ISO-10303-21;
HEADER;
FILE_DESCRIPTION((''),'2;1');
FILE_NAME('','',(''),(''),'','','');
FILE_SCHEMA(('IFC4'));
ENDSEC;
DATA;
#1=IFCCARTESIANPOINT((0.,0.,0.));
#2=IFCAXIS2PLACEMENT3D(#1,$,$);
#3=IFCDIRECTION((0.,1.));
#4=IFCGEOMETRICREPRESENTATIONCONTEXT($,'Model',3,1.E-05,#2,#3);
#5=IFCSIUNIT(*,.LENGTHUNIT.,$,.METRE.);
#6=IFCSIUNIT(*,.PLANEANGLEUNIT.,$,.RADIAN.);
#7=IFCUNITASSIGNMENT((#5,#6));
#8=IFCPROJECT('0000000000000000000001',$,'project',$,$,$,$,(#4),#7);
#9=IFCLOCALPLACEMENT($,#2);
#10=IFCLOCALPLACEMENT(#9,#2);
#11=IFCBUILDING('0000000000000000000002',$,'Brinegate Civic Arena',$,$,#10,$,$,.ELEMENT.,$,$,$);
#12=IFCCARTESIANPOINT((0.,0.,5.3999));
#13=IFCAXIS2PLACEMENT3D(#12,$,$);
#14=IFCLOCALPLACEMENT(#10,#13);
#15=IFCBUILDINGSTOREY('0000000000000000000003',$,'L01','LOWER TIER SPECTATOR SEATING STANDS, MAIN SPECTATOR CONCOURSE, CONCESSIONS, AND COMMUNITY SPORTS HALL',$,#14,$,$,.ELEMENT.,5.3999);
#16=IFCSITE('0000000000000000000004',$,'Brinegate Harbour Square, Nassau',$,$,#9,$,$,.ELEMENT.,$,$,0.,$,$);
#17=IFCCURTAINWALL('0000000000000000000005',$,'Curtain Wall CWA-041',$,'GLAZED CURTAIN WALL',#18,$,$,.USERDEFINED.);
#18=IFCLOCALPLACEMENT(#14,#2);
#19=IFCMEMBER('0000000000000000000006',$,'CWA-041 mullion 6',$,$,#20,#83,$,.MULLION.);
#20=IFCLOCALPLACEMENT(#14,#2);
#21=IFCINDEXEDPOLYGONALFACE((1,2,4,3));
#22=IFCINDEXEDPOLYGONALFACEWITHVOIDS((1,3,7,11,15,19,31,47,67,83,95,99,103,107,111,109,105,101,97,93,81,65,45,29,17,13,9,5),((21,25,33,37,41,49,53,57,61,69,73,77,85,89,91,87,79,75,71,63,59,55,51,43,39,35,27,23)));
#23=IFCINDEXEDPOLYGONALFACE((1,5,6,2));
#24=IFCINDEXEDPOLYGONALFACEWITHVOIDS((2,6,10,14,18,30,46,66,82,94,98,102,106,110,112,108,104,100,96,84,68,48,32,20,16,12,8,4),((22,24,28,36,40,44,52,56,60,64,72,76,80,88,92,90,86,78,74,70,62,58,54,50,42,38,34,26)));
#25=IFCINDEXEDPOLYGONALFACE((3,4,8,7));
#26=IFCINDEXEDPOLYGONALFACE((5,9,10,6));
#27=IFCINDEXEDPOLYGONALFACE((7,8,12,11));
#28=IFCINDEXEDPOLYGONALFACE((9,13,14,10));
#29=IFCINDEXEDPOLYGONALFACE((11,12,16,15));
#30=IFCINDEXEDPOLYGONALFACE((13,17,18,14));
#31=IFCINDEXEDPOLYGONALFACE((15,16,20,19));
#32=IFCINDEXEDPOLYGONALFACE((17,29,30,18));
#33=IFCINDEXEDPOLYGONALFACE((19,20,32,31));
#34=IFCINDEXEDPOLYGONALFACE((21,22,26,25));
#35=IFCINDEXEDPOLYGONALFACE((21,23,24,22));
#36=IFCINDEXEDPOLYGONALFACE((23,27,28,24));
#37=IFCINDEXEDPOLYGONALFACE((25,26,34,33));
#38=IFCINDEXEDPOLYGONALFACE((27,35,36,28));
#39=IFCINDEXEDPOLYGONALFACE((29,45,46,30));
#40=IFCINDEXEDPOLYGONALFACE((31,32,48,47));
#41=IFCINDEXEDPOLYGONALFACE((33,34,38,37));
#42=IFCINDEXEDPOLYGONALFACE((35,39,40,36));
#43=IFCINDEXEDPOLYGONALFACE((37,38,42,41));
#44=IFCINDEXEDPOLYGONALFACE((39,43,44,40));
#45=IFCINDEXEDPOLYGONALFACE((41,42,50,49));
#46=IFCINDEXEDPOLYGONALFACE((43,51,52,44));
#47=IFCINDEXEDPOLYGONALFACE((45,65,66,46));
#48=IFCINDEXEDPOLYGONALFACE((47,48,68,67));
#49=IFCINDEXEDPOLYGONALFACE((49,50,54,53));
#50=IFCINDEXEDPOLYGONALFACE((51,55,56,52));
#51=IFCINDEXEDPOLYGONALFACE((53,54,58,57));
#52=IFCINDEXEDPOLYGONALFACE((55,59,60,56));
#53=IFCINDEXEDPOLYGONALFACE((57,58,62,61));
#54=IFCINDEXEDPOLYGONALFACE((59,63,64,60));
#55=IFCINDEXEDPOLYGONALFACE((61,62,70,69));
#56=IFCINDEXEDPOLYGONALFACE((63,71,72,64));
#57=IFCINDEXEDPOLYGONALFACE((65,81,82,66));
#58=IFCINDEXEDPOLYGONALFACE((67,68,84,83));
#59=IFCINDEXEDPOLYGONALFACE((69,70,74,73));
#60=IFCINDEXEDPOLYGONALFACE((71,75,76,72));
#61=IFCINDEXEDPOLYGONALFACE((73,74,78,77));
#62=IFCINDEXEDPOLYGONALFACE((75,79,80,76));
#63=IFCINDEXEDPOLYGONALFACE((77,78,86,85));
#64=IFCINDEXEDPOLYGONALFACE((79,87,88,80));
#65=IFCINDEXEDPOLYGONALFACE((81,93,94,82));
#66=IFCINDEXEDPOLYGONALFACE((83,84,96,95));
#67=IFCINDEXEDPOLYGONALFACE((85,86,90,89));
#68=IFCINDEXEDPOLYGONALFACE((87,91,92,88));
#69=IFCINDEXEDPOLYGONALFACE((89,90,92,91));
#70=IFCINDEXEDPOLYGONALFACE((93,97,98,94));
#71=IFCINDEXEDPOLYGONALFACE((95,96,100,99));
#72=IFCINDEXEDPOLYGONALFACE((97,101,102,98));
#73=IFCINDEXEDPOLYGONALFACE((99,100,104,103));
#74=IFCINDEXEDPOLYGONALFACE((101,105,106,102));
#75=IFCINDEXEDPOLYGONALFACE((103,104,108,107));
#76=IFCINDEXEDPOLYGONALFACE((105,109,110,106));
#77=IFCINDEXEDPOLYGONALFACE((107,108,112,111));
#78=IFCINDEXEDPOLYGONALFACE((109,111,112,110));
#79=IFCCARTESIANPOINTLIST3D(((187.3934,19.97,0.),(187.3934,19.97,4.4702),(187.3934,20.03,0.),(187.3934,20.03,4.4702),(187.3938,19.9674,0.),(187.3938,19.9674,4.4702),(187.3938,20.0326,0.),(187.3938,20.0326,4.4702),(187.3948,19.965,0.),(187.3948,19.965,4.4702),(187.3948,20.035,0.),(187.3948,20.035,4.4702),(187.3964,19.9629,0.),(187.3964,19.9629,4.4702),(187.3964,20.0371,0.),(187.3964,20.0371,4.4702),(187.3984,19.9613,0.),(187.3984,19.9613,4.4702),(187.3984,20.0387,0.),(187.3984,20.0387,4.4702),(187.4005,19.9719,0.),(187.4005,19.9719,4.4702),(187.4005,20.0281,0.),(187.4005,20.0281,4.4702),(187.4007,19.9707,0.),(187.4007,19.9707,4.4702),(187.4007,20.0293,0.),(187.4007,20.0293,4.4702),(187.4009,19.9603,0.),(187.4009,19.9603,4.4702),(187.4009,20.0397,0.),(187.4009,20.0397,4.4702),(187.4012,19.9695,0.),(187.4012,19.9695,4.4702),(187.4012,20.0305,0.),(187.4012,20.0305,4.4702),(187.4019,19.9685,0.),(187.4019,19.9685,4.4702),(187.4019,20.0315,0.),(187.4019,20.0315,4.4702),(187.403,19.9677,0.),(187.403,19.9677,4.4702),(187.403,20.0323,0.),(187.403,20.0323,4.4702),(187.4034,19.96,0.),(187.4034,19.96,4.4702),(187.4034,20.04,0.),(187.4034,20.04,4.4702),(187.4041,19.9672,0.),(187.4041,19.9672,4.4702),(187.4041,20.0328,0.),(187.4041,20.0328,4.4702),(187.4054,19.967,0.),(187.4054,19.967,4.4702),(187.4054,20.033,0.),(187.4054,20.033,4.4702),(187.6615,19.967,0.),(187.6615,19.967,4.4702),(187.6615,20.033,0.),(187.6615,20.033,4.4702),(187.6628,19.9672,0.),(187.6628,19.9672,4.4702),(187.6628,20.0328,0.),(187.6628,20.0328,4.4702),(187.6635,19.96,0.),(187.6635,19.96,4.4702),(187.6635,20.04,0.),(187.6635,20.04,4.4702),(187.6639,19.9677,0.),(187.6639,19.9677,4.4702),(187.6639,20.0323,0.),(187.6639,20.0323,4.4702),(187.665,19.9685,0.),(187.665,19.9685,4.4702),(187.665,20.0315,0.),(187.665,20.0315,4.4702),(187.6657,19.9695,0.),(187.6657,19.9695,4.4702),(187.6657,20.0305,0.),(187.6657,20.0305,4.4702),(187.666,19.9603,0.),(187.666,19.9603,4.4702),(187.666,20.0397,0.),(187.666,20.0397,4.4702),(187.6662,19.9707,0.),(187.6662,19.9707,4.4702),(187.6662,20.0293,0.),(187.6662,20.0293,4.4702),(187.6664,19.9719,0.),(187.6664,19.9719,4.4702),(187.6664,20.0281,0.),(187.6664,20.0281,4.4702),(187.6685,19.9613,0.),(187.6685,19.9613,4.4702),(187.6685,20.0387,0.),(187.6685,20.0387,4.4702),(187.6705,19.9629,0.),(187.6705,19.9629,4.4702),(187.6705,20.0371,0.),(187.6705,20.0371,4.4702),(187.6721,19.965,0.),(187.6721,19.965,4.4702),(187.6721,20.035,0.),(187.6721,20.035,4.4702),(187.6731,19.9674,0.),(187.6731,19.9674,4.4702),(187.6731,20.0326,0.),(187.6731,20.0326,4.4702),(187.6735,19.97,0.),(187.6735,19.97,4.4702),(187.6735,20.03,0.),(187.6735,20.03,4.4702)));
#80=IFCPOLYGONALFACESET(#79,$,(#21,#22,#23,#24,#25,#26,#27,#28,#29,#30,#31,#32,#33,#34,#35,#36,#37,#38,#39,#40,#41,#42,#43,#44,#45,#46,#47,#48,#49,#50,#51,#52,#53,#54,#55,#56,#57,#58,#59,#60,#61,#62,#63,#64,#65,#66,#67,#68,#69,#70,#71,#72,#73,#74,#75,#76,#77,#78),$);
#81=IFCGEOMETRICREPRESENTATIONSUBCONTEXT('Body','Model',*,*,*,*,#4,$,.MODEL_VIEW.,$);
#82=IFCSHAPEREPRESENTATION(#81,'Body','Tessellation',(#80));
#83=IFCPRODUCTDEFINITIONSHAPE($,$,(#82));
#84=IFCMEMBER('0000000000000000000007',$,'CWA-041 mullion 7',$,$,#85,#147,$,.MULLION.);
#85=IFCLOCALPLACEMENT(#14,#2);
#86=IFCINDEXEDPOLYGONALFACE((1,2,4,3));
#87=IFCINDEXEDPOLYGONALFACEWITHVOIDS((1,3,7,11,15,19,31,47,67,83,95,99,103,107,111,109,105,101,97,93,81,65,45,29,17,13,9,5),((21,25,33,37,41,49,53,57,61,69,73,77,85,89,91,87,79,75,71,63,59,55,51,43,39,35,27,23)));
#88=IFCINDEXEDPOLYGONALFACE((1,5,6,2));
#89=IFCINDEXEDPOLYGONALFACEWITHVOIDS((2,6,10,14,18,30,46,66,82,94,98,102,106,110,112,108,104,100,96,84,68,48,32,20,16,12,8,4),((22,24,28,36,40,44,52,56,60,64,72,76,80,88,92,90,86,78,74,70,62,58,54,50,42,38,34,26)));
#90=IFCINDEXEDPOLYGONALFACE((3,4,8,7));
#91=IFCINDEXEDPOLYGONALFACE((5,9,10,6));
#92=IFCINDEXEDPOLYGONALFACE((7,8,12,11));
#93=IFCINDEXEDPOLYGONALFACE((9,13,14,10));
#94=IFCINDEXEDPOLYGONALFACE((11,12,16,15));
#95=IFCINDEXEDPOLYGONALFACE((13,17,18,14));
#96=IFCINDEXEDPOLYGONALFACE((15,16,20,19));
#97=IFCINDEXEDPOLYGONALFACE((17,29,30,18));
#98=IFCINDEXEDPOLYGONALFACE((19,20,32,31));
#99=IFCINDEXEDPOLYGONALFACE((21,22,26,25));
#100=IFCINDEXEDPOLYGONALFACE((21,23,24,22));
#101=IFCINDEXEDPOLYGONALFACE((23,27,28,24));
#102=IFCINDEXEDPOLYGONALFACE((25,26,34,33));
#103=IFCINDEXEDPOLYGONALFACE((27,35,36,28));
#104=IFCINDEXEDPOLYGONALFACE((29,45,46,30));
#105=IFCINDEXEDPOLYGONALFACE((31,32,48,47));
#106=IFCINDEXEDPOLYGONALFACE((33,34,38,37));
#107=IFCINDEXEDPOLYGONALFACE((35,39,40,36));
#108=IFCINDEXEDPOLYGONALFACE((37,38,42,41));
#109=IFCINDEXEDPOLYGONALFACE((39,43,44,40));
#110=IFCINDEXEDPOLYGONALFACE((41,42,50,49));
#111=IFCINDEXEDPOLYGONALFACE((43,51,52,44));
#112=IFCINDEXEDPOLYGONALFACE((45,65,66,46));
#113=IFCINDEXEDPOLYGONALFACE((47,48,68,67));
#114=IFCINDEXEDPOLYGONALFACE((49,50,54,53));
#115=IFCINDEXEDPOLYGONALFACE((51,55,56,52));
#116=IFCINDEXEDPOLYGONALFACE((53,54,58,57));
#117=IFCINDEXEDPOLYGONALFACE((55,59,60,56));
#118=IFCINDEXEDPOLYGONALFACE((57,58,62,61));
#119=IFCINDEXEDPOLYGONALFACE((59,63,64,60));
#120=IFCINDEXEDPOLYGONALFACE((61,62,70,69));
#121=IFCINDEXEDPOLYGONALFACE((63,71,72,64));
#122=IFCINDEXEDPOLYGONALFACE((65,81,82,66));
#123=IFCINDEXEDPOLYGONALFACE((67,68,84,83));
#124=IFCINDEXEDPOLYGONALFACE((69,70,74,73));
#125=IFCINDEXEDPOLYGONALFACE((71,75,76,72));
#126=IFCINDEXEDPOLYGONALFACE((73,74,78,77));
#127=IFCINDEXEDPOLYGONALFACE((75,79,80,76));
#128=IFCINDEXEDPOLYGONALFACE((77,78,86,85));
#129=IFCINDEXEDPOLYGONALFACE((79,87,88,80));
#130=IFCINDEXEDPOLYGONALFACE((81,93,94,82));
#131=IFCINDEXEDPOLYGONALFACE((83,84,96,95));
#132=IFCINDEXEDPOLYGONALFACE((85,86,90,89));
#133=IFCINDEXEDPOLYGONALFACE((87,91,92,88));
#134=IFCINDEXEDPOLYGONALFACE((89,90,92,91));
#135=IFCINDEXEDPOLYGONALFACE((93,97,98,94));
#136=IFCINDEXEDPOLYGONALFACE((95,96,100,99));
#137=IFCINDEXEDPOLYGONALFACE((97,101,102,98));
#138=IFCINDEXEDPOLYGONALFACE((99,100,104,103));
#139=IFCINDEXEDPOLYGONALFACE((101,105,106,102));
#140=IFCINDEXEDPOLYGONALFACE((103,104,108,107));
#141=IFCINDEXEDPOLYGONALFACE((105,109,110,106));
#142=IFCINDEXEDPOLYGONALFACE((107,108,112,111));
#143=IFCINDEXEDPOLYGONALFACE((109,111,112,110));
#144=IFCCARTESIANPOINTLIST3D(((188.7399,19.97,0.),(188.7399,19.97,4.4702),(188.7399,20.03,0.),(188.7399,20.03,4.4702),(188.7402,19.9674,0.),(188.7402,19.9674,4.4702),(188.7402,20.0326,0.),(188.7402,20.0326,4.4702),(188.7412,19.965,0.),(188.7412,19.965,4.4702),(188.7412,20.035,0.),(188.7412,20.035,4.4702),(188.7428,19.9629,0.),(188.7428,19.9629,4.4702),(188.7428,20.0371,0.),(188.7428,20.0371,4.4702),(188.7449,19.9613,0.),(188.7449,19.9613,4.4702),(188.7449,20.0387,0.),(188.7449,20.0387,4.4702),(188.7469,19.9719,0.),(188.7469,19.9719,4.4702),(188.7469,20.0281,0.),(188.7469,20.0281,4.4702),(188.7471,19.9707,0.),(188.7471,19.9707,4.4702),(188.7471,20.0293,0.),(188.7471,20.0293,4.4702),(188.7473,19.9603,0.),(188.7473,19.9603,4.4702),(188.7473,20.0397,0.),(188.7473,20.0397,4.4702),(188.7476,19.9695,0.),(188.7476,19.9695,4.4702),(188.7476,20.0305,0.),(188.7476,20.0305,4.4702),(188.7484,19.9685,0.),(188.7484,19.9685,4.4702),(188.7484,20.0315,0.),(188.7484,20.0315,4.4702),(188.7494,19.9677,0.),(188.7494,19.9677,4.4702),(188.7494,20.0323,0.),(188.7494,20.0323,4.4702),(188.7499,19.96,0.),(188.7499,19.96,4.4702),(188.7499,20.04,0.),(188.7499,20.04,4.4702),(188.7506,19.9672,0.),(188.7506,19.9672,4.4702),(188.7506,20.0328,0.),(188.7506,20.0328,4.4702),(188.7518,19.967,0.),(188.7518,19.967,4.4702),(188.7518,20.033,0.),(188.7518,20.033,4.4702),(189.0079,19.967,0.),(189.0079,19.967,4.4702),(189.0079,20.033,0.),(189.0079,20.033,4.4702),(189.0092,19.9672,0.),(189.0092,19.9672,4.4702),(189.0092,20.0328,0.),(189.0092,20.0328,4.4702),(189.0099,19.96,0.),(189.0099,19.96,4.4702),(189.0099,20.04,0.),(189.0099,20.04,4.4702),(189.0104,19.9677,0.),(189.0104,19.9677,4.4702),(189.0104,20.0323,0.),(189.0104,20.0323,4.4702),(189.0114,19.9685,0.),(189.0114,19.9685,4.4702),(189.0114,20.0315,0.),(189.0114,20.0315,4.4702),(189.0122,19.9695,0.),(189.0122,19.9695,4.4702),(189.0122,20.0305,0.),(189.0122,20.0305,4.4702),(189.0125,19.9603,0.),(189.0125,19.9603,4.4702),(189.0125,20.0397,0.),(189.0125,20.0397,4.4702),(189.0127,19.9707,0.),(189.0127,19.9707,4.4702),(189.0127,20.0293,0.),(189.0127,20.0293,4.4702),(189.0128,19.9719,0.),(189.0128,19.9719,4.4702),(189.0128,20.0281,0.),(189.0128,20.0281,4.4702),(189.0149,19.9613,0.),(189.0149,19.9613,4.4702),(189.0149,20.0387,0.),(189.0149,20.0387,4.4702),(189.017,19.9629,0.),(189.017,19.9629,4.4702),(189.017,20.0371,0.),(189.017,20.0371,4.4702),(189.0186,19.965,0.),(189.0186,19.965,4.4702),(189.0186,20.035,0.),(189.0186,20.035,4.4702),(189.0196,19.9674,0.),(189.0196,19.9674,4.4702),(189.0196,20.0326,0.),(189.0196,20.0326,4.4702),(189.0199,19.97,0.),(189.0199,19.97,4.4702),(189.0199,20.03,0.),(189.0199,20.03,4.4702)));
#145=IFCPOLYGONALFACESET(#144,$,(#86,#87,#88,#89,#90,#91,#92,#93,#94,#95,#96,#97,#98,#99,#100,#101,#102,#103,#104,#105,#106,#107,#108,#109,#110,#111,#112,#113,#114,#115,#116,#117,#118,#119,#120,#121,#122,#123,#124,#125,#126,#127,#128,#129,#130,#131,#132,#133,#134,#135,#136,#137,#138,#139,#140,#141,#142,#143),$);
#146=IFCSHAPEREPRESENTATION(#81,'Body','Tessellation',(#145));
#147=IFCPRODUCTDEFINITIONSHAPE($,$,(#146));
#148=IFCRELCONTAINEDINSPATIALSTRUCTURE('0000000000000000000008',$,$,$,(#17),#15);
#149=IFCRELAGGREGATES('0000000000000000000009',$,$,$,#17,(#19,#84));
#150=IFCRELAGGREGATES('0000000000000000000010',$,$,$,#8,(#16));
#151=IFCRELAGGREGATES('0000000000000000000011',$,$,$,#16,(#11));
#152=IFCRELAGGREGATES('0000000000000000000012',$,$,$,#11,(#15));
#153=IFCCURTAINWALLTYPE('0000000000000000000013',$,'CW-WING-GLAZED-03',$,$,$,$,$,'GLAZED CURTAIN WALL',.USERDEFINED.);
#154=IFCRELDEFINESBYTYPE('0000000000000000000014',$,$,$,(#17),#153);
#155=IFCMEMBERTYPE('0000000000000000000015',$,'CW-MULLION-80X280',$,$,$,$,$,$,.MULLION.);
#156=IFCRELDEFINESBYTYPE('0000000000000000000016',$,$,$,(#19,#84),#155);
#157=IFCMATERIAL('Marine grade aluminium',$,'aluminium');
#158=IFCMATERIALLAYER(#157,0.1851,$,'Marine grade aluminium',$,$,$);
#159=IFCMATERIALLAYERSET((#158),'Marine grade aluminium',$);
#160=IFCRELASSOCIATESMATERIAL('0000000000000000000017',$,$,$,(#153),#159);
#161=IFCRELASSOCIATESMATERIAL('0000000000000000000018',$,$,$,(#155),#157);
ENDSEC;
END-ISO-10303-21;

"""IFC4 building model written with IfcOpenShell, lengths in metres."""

from ifc_helpers import new_model, si_unit, direction, frame, origin, origin_2d, place, context, subcontext, project, spatial, hollow_rectangle, extrude, material, layer, layer_set, material_profile, profile_set, type_object, element, aggregate, save


model = new_model("IFC4")

# Units and contexts
model_context = context("Model", 3, precision=1e-05, world=origin(), true_north=direction((0.0, 1.0)))
body_context = subcontext(model_context, "Body", "Model", "MODEL_VIEW")
ifc_project = project(units=[si_unit("LENGTHUNIT", "METRE"), si_unit("PLANEANGLEUNIT", "RADIAN")], contexts=[model_context])

# Site, building, storey
site_placement = place(None, origin())
site = spatial("IfcSite", under=ifc_project, at=site_placement, Name="Brinegate Harbour Square, Nassau", CompositionType="ELEMENT", RefElevation=0.0)
building_placement = place(site_placement, origin())
building = spatial("IfcBuilding", under=site, at=building_placement, Name="Brinegate Civic Arena", CompositionType="ELEMENT")
storey_placement = place(building_placement, frame((0.0, 0.0, 5.3999)))
storey = spatial("IfcBuildingStorey", under=building, at=storey_placement, Name="L01", Description="LOWER TIER SPECTATOR SEATING STANDS, MAIN SPECTATOR CONCOURSE, CONCESSIONS, AND COMMUNITY SPORTS HALL", CompositionType="ELEMENT", Elevation=5.3999)

# Curtain wall, members
ifc_material_1 = material(Name="Marine grade aluminium", Category="aluminium")
ifc_layer_1 = layer(ifc_material_1, 0.1851, Name="Marine grade aluminium")
ifc_layer_set_1 = layer_set([ifc_layer_1], Name="Marine grade aluminium")
curtain_wall_type = type_object("IfcCurtainWallType", Name="CW-WING-GLAZED-03", ElementType="GLAZED CURTAIN WALL", PredefinedType="USERDEFINED", material=ifc_layer_set_1)
ifc_material_profile_1 = material_profile(ifc_material_1, hollow_rectangle(XDim=0.0801, YDim=0.28, WallThickness=0.0071, InnerFilletRadius=0.0049, OuterFilletRadius=0.01, at=origin_2d()), Name="MUL80X280")
ifc_profile_set_1 = profile_set([ifc_material_profile_1], Name="Marine grade aluminium")
member_type_1 = type_object("IfcMemberType", Name="CW-MULLION-80X280", PredefinedType="MULLION", material=ifc_profile_set_1)
curtain_wall_1_placement = place(storey_placement, origin())
curtain_wall_1 = element("IfcCurtainWall", 1, at=curtain_wall_1_placement, inside=storey, type_object=curtain_wall_type, Name="Curtain Wall CWA-041", ObjectType="GLAZED CURTAIN WALL", PredefinedType="USERDEFINED")
member_1_placement = place(storey_placement, frame((187.5334, 20.0, 0.0), z_axis=(0.0, 0.0, 1.0), x_axis=(0.0, 1.0, 0.0)))
member_1 = element("IfcMember", 2, at=member_1_placement, type_object=member_type_1, Name="CWA-041 mullion 6", PredefinedType="MULLION", context=body_context, shape_type="SweptSolid", body=[
    extrude(hollow_rectangle(XDim=0.0801, YDim=0.28, WallThickness=0.0071, InnerFilletRadius=0.0049, OuterFilletRadius=0.01, at=origin_2d()), origin(), (0.0, 0.0, 1.0), 4.4702),
])
member_2_placement = place(storey_placement, frame((188.8799, 20.0, 0.0), z_axis=(0.0, 0.0, 1.0), x_axis=(0.0, 1.0, 0.0)))
member_2 = element("IfcMember", 3, at=member_2_placement, type_object=member_type_1, Name="CWA-041 mullion 7", PredefinedType="MULLION", context=body_context, shape_type="SweptSolid", body=[
    extrude(hollow_rectangle(XDim=0.0801, YDim=0.28, WallThickness=0.0071, InnerFilletRadius=0.0049, OuterFilletRadius=0.01, at=origin_2d()), origin(), (0.0, 0.0, 1.0), 4.4702),
])

aggregate(curtain_wall_1, [member_1, member_2])

save(model, "model.ifc")
